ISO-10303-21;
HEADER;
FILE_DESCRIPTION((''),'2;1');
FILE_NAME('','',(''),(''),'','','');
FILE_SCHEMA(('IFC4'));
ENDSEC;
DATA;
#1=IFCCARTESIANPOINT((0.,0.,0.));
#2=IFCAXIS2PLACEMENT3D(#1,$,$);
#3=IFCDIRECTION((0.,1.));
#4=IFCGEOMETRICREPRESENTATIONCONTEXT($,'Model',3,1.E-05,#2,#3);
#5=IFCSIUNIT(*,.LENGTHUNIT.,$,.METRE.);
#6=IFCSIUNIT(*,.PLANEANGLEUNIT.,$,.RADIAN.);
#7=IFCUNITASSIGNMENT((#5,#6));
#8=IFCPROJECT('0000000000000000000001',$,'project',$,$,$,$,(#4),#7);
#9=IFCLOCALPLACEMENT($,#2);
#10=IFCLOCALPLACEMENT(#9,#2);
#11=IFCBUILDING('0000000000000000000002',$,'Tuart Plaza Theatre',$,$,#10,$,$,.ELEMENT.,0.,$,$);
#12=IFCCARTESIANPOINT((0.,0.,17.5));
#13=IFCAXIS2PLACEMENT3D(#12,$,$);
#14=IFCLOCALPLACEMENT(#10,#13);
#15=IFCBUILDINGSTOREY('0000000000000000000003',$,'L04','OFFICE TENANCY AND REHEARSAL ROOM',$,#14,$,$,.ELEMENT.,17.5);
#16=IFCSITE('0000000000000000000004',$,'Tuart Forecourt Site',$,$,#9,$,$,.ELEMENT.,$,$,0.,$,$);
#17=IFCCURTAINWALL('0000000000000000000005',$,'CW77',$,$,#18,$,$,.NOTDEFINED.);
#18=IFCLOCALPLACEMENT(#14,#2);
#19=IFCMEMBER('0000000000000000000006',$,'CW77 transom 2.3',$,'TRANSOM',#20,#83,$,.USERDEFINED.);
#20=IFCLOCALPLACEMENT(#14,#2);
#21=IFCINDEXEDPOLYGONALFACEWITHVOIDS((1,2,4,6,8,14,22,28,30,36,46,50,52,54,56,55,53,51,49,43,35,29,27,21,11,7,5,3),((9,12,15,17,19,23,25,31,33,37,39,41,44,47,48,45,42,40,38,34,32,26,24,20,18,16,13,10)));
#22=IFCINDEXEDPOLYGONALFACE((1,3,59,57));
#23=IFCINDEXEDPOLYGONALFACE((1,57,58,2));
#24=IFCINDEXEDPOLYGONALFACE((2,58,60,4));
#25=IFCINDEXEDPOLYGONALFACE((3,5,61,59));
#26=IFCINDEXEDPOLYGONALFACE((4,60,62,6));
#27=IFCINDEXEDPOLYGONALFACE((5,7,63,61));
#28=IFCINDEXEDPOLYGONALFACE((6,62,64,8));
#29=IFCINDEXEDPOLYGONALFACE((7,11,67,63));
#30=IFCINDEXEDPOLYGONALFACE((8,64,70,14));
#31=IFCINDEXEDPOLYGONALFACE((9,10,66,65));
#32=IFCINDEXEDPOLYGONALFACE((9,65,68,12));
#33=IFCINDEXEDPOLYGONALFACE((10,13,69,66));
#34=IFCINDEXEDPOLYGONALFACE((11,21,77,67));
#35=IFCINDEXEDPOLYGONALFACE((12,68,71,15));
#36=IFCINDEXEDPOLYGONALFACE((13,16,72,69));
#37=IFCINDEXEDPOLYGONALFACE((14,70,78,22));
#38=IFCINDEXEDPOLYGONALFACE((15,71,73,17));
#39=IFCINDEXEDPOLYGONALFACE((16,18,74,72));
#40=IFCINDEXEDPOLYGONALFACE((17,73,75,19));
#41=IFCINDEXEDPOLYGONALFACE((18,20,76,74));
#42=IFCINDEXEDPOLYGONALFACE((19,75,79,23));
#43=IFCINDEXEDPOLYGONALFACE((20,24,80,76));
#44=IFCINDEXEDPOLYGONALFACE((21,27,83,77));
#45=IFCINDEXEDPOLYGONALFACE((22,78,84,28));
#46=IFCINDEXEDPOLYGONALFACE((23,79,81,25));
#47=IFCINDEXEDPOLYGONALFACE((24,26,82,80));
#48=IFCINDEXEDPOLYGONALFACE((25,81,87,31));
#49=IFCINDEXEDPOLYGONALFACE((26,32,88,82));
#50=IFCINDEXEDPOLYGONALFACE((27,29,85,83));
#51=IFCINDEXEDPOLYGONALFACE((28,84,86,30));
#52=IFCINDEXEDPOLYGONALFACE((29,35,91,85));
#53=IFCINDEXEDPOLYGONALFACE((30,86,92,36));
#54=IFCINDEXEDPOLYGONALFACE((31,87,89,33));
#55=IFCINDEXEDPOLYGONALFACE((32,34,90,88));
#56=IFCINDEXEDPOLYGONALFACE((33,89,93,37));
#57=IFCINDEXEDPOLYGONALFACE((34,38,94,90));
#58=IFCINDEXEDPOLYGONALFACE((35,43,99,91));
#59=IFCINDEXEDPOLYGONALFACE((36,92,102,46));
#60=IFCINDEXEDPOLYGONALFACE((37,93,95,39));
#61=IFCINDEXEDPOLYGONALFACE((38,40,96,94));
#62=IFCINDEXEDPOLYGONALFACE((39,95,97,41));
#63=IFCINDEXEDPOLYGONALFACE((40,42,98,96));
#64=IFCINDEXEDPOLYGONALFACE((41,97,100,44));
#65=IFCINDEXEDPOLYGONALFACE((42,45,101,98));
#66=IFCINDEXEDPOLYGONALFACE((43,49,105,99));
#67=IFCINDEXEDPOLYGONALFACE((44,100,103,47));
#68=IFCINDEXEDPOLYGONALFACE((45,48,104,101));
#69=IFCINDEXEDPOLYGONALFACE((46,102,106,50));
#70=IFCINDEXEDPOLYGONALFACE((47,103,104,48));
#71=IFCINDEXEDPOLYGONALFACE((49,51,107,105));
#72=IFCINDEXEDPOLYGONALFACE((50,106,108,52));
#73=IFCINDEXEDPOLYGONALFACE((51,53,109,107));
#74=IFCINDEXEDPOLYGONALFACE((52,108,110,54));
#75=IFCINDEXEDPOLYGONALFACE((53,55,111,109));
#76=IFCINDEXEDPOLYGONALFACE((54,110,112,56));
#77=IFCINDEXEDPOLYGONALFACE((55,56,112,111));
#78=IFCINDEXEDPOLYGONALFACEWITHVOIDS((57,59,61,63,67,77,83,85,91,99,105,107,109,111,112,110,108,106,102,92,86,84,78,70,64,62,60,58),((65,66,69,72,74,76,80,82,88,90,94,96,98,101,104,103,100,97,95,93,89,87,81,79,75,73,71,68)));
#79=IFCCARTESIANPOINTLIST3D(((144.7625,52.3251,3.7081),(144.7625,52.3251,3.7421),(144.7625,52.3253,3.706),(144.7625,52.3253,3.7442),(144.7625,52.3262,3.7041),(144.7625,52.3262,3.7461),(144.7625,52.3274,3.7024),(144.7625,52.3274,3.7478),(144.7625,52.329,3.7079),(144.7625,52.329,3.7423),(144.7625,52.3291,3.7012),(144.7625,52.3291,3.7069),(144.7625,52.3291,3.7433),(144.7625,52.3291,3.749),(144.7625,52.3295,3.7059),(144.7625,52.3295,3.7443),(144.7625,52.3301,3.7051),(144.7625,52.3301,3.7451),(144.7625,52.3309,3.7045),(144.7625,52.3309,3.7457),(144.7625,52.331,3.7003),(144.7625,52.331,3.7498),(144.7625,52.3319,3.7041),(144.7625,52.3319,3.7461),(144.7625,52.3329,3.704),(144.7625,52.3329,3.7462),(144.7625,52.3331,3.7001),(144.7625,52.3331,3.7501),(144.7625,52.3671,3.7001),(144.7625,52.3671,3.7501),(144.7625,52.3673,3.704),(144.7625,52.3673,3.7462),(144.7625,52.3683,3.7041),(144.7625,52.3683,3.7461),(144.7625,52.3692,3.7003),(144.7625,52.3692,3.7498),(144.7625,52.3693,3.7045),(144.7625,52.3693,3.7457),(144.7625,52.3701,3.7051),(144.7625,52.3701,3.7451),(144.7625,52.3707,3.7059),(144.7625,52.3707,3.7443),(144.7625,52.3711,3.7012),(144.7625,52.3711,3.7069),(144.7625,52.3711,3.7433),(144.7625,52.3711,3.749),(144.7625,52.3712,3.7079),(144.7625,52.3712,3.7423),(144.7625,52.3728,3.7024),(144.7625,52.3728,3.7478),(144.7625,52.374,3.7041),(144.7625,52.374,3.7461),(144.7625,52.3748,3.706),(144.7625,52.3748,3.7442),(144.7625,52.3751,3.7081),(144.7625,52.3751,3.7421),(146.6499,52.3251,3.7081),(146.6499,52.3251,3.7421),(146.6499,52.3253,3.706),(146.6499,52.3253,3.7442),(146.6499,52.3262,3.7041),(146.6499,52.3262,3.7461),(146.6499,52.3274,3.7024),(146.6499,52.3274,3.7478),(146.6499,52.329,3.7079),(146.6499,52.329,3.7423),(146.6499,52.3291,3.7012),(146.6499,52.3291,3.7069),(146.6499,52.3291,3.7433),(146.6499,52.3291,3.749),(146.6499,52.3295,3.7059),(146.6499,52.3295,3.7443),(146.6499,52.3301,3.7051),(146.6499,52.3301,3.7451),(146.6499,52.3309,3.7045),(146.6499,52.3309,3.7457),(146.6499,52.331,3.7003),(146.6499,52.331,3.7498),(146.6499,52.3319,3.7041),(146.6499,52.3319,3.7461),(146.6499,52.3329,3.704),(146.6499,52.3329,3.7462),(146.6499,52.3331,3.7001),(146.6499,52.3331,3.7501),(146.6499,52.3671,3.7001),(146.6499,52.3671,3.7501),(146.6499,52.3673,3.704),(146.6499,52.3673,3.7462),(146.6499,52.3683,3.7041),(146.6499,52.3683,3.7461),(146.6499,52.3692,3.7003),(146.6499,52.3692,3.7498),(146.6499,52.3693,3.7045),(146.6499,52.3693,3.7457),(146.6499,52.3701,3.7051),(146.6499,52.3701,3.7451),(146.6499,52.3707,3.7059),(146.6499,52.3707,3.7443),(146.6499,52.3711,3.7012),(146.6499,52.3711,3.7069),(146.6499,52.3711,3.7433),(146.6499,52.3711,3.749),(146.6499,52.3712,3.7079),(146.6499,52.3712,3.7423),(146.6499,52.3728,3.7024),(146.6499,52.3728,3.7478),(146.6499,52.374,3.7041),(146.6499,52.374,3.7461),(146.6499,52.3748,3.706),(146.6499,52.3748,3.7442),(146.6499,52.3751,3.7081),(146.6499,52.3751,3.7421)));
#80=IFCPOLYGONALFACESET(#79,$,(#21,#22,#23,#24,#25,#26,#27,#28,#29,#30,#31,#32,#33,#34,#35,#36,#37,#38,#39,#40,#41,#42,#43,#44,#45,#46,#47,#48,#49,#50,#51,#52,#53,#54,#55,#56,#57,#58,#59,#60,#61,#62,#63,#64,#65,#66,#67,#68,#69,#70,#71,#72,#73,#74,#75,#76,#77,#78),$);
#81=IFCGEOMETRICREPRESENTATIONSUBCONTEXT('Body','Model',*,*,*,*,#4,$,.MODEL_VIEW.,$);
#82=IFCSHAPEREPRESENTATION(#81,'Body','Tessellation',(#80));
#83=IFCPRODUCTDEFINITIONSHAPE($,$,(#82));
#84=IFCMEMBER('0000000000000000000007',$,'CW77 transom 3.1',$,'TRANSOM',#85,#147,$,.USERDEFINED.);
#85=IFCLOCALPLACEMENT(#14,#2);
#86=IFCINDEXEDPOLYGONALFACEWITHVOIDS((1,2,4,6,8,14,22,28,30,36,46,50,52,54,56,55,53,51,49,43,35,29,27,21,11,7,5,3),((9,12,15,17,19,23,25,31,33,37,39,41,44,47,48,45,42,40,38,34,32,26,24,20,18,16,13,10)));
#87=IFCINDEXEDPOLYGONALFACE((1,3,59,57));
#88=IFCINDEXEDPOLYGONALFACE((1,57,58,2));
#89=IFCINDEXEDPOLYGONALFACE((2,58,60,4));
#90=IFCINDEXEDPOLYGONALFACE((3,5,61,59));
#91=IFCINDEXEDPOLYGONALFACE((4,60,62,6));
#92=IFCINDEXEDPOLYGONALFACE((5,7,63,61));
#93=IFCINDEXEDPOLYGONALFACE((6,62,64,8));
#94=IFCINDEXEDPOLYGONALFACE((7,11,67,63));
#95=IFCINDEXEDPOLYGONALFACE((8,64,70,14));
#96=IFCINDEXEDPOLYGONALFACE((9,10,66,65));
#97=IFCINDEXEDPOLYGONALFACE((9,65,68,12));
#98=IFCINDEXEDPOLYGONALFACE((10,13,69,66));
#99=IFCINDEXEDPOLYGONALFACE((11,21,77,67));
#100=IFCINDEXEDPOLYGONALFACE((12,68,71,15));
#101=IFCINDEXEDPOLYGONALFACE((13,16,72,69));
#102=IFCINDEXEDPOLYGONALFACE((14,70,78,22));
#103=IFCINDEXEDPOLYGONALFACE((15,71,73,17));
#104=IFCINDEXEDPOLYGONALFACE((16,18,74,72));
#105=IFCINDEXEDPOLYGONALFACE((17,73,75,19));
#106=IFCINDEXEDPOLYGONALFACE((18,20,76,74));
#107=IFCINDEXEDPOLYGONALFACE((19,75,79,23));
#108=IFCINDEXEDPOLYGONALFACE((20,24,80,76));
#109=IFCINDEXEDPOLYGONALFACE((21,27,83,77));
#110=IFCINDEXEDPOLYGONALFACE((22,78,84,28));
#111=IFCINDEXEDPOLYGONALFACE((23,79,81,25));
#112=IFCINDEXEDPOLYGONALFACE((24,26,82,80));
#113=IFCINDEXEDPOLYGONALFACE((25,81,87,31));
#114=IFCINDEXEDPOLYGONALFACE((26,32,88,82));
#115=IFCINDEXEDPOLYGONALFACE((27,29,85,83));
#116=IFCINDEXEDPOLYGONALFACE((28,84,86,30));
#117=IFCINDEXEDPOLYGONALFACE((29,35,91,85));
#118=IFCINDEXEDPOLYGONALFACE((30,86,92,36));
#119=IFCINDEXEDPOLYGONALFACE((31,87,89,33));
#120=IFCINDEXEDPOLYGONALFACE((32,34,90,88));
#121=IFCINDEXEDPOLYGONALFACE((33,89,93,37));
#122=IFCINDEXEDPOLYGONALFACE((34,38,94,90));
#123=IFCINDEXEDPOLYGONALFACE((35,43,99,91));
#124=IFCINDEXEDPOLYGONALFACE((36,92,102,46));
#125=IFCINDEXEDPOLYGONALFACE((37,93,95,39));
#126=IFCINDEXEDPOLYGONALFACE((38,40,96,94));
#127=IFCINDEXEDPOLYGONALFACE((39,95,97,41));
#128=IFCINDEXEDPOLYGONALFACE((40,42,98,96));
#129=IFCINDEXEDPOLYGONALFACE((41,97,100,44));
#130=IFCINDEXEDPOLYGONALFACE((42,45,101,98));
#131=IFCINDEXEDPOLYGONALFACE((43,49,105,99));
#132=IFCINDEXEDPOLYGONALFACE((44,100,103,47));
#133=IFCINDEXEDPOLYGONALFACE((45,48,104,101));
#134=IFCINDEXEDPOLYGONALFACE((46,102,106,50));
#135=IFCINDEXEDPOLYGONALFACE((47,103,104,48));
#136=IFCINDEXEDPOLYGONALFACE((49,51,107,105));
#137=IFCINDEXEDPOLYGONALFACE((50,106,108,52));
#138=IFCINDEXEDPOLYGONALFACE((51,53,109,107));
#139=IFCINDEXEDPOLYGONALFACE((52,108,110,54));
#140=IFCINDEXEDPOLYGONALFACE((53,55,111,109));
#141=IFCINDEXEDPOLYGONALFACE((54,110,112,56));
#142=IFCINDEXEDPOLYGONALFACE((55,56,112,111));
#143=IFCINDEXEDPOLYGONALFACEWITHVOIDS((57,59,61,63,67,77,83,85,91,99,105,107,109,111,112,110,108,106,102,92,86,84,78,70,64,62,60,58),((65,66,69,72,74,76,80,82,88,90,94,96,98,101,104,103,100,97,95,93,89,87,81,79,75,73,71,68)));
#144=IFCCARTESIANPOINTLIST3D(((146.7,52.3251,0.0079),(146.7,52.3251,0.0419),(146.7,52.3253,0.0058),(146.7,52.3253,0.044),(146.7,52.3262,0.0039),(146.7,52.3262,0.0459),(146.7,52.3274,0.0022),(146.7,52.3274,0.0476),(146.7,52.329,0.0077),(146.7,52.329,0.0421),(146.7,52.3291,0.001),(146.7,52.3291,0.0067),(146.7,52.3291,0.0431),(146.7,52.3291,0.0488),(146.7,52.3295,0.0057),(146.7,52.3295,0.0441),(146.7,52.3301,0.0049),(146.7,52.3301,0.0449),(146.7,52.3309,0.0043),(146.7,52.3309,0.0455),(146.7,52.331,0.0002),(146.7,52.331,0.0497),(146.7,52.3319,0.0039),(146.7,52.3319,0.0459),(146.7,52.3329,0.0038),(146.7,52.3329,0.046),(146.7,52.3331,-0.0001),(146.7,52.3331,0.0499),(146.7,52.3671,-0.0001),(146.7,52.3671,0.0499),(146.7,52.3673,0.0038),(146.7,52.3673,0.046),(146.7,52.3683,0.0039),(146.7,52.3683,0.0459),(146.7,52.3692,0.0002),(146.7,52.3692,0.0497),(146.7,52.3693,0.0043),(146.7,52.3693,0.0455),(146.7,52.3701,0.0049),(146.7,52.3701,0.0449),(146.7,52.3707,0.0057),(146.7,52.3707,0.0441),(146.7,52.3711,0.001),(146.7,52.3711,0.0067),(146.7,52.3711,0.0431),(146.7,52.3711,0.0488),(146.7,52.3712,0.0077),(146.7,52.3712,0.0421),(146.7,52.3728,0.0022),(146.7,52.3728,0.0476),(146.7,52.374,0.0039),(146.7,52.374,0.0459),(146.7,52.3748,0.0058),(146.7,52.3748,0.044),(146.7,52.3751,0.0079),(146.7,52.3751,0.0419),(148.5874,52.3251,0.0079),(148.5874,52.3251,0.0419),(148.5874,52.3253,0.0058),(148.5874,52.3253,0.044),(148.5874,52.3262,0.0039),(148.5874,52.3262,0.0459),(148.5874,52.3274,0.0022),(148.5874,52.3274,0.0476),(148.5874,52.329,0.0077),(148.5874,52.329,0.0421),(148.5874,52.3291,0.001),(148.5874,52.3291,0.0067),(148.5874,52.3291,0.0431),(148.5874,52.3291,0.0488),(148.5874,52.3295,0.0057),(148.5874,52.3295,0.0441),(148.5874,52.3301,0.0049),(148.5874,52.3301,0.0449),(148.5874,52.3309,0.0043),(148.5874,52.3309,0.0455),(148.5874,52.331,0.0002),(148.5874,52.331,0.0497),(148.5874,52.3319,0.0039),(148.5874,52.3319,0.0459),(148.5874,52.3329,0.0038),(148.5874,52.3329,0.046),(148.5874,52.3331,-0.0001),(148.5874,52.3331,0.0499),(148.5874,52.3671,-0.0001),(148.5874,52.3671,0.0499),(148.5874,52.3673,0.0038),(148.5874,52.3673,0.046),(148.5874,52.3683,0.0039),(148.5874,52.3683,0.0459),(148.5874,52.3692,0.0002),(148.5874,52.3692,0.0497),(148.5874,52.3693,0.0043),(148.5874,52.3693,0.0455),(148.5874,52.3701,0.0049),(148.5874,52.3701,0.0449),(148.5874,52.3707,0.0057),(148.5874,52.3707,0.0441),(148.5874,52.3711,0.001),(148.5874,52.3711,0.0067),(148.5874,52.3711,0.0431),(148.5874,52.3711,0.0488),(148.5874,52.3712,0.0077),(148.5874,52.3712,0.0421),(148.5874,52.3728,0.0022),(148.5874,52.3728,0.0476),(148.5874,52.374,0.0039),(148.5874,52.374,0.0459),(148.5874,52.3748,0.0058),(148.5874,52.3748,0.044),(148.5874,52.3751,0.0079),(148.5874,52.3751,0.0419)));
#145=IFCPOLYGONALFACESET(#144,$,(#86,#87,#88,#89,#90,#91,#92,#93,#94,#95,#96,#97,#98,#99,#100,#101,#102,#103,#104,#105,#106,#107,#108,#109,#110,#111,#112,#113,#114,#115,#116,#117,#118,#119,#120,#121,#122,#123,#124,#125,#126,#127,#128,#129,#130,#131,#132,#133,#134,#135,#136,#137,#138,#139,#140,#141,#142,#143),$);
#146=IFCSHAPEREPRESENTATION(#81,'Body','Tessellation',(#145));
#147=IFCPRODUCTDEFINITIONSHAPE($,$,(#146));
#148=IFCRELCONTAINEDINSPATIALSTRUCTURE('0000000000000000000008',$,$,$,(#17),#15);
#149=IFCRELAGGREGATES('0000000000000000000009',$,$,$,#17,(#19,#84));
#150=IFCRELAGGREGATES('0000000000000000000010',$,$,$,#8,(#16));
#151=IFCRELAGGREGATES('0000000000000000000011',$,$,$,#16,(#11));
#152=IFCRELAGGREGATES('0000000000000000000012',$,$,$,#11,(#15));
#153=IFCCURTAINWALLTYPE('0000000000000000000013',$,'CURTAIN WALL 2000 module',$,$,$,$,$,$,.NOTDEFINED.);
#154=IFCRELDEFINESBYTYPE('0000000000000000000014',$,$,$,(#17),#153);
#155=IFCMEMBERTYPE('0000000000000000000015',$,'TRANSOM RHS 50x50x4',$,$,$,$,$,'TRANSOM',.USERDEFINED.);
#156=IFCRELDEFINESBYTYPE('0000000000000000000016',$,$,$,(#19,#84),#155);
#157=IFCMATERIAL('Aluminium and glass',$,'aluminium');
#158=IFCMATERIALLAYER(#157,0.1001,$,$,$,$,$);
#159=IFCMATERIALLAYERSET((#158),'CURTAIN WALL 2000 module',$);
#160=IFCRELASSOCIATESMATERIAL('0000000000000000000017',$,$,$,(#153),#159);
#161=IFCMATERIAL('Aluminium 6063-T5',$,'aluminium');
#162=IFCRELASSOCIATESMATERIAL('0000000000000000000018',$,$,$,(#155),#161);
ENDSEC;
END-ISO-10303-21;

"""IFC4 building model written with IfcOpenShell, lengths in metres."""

from ifc_helpers import new_model, si_unit, direction, frame, origin, origin_2d, place, context, subcontext, project, spatial, hollow_rectangle, extrude, material, layer, layer_set, material_profile, profile_set, type_object, element, aggregate, save


model = new_model("IFC4")

# Units and contexts
model_context = context("Model", 3, precision=1e-05, world=origin(), true_north=direction((0.0, 1.0)))
body_context = subcontext(model_context, "Body", "Model", "MODEL_VIEW")
ifc_project = project(units=[si_unit("LENGTHUNIT", "METRE"), si_unit("PLANEANGLEUNIT", "RADIAN")], contexts=[model_context])

# Site, building, storey
site_placement = place(None, origin())
site = spatial("IfcSite", under=ifc_project, at=site_placement, Name="Tuart Forecourt Site", CompositionType="ELEMENT", RefElevation=0.0)
building_placement = place(site_placement, origin())
building = spatial("IfcBuilding", under=site, at=building_placement, Name="Tuart Plaza Theatre", CompositionType="ELEMENT", ElevationOfRefHeight=0.0)
storey_placement = place(building_placement, frame((0.0, 0.0, 17.5)))
storey = spatial("IfcBuildingStorey", under=building, at=storey_placement, Name="L04", Description="OFFICE TENANCY AND REHEARSAL ROOM", CompositionType="ELEMENT", Elevation=17.5)

# Curtain wall
ifc_material_1 = material(Name="Aluminium and glass", Category="aluminium")
ifc_layer_1 = layer(ifc_material_1, 0.1001)
ifc_layer_set_1 = layer_set([ifc_layer_1], Name="CURTAIN WALL 2000 module")
curtain_wall_type = type_object("IfcCurtainWallType", Name="CURTAIN WALL 2000 module", PredefinedType="NOTDEFINED", material=ifc_layer_set_1)
curtain_wall_1_placement = place(storey_placement, origin())
curtain_wall_1 = element("IfcCurtainWall", 1, at=curtain_wall_1_placement, inside=storey, type_object=curtain_wall_type, Name="CW77", PredefinedType="NOTDEFINED")

# Members
ifc_material_2 = material(Name="Aluminium 6063-T5", Category="aluminium")
ifc_material_profile_1 = material_profile(ifc_material_2, hollow_rectangle(XDim=0.05, YDim=0.05, WallThickness=0.0039, InnerFilletRadius=0.0039, OuterFilletRadius=0.0081, at=origin_2d()), Name="RHS 50x50x4")
ifc_profile_set_1 = profile_set([ifc_material_profile_1], Name="Aluminium 6063-T5")
member_type_1 = type_object("IfcMemberType", Name="TRANSOM RHS 50x50x4", ElementType="TRANSOM", PredefinedType="USERDEFINED", material=ifc_profile_set_1)
member_1_placement = place(storey_placement, frame((144.7625, 52.3501, 3.7251), z_axis=(1.0, 0.0, 0.0), x_axis=(0.0, 1.0, 0.0)))
member_1 = element("IfcMember", 2, at=member_1_placement, type_object=member_type_1, Name="CW77 transom 2.3", ObjectType="TRANSOM", PredefinedType="USERDEFINED", context=body_context, shape_type="SweptSolid", body=[
    extrude(hollow_rectangle(XDim=0.05, YDim=0.05, WallThickness=0.0039, InnerFilletRadius=0.0039, OuterFilletRadius=0.0081, at=origin_2d()), origin(), (0.0, 0.0, 1.0), 1.8875),
])
member_2_placement = place(storey_placement, frame((146.7, 52.3501, 0.0249), z_axis=(1.0, 0.0, 0.0), x_axis=(0.0, 1.0, 0.0)))
member_2 = element("IfcMember", 3, at=member_2_placement, type_object=member_type_1, Name="CW77 transom 3.1", ObjectType="TRANSOM", PredefinedType="USERDEFINED", context=body_context, shape_type="SweptSolid", body=[
    extrude(hollow_rectangle(XDim=0.05, YDim=0.05, WallThickness=0.0039, InnerFilletRadius=0.0039, OuterFilletRadius=0.0081, at=origin_2d()), origin(), (0.0, 0.0, 1.0), 1.8875),
])

aggregate(curtain_wall_1, [member_1, member_2])

save(model, "model.ifc")
